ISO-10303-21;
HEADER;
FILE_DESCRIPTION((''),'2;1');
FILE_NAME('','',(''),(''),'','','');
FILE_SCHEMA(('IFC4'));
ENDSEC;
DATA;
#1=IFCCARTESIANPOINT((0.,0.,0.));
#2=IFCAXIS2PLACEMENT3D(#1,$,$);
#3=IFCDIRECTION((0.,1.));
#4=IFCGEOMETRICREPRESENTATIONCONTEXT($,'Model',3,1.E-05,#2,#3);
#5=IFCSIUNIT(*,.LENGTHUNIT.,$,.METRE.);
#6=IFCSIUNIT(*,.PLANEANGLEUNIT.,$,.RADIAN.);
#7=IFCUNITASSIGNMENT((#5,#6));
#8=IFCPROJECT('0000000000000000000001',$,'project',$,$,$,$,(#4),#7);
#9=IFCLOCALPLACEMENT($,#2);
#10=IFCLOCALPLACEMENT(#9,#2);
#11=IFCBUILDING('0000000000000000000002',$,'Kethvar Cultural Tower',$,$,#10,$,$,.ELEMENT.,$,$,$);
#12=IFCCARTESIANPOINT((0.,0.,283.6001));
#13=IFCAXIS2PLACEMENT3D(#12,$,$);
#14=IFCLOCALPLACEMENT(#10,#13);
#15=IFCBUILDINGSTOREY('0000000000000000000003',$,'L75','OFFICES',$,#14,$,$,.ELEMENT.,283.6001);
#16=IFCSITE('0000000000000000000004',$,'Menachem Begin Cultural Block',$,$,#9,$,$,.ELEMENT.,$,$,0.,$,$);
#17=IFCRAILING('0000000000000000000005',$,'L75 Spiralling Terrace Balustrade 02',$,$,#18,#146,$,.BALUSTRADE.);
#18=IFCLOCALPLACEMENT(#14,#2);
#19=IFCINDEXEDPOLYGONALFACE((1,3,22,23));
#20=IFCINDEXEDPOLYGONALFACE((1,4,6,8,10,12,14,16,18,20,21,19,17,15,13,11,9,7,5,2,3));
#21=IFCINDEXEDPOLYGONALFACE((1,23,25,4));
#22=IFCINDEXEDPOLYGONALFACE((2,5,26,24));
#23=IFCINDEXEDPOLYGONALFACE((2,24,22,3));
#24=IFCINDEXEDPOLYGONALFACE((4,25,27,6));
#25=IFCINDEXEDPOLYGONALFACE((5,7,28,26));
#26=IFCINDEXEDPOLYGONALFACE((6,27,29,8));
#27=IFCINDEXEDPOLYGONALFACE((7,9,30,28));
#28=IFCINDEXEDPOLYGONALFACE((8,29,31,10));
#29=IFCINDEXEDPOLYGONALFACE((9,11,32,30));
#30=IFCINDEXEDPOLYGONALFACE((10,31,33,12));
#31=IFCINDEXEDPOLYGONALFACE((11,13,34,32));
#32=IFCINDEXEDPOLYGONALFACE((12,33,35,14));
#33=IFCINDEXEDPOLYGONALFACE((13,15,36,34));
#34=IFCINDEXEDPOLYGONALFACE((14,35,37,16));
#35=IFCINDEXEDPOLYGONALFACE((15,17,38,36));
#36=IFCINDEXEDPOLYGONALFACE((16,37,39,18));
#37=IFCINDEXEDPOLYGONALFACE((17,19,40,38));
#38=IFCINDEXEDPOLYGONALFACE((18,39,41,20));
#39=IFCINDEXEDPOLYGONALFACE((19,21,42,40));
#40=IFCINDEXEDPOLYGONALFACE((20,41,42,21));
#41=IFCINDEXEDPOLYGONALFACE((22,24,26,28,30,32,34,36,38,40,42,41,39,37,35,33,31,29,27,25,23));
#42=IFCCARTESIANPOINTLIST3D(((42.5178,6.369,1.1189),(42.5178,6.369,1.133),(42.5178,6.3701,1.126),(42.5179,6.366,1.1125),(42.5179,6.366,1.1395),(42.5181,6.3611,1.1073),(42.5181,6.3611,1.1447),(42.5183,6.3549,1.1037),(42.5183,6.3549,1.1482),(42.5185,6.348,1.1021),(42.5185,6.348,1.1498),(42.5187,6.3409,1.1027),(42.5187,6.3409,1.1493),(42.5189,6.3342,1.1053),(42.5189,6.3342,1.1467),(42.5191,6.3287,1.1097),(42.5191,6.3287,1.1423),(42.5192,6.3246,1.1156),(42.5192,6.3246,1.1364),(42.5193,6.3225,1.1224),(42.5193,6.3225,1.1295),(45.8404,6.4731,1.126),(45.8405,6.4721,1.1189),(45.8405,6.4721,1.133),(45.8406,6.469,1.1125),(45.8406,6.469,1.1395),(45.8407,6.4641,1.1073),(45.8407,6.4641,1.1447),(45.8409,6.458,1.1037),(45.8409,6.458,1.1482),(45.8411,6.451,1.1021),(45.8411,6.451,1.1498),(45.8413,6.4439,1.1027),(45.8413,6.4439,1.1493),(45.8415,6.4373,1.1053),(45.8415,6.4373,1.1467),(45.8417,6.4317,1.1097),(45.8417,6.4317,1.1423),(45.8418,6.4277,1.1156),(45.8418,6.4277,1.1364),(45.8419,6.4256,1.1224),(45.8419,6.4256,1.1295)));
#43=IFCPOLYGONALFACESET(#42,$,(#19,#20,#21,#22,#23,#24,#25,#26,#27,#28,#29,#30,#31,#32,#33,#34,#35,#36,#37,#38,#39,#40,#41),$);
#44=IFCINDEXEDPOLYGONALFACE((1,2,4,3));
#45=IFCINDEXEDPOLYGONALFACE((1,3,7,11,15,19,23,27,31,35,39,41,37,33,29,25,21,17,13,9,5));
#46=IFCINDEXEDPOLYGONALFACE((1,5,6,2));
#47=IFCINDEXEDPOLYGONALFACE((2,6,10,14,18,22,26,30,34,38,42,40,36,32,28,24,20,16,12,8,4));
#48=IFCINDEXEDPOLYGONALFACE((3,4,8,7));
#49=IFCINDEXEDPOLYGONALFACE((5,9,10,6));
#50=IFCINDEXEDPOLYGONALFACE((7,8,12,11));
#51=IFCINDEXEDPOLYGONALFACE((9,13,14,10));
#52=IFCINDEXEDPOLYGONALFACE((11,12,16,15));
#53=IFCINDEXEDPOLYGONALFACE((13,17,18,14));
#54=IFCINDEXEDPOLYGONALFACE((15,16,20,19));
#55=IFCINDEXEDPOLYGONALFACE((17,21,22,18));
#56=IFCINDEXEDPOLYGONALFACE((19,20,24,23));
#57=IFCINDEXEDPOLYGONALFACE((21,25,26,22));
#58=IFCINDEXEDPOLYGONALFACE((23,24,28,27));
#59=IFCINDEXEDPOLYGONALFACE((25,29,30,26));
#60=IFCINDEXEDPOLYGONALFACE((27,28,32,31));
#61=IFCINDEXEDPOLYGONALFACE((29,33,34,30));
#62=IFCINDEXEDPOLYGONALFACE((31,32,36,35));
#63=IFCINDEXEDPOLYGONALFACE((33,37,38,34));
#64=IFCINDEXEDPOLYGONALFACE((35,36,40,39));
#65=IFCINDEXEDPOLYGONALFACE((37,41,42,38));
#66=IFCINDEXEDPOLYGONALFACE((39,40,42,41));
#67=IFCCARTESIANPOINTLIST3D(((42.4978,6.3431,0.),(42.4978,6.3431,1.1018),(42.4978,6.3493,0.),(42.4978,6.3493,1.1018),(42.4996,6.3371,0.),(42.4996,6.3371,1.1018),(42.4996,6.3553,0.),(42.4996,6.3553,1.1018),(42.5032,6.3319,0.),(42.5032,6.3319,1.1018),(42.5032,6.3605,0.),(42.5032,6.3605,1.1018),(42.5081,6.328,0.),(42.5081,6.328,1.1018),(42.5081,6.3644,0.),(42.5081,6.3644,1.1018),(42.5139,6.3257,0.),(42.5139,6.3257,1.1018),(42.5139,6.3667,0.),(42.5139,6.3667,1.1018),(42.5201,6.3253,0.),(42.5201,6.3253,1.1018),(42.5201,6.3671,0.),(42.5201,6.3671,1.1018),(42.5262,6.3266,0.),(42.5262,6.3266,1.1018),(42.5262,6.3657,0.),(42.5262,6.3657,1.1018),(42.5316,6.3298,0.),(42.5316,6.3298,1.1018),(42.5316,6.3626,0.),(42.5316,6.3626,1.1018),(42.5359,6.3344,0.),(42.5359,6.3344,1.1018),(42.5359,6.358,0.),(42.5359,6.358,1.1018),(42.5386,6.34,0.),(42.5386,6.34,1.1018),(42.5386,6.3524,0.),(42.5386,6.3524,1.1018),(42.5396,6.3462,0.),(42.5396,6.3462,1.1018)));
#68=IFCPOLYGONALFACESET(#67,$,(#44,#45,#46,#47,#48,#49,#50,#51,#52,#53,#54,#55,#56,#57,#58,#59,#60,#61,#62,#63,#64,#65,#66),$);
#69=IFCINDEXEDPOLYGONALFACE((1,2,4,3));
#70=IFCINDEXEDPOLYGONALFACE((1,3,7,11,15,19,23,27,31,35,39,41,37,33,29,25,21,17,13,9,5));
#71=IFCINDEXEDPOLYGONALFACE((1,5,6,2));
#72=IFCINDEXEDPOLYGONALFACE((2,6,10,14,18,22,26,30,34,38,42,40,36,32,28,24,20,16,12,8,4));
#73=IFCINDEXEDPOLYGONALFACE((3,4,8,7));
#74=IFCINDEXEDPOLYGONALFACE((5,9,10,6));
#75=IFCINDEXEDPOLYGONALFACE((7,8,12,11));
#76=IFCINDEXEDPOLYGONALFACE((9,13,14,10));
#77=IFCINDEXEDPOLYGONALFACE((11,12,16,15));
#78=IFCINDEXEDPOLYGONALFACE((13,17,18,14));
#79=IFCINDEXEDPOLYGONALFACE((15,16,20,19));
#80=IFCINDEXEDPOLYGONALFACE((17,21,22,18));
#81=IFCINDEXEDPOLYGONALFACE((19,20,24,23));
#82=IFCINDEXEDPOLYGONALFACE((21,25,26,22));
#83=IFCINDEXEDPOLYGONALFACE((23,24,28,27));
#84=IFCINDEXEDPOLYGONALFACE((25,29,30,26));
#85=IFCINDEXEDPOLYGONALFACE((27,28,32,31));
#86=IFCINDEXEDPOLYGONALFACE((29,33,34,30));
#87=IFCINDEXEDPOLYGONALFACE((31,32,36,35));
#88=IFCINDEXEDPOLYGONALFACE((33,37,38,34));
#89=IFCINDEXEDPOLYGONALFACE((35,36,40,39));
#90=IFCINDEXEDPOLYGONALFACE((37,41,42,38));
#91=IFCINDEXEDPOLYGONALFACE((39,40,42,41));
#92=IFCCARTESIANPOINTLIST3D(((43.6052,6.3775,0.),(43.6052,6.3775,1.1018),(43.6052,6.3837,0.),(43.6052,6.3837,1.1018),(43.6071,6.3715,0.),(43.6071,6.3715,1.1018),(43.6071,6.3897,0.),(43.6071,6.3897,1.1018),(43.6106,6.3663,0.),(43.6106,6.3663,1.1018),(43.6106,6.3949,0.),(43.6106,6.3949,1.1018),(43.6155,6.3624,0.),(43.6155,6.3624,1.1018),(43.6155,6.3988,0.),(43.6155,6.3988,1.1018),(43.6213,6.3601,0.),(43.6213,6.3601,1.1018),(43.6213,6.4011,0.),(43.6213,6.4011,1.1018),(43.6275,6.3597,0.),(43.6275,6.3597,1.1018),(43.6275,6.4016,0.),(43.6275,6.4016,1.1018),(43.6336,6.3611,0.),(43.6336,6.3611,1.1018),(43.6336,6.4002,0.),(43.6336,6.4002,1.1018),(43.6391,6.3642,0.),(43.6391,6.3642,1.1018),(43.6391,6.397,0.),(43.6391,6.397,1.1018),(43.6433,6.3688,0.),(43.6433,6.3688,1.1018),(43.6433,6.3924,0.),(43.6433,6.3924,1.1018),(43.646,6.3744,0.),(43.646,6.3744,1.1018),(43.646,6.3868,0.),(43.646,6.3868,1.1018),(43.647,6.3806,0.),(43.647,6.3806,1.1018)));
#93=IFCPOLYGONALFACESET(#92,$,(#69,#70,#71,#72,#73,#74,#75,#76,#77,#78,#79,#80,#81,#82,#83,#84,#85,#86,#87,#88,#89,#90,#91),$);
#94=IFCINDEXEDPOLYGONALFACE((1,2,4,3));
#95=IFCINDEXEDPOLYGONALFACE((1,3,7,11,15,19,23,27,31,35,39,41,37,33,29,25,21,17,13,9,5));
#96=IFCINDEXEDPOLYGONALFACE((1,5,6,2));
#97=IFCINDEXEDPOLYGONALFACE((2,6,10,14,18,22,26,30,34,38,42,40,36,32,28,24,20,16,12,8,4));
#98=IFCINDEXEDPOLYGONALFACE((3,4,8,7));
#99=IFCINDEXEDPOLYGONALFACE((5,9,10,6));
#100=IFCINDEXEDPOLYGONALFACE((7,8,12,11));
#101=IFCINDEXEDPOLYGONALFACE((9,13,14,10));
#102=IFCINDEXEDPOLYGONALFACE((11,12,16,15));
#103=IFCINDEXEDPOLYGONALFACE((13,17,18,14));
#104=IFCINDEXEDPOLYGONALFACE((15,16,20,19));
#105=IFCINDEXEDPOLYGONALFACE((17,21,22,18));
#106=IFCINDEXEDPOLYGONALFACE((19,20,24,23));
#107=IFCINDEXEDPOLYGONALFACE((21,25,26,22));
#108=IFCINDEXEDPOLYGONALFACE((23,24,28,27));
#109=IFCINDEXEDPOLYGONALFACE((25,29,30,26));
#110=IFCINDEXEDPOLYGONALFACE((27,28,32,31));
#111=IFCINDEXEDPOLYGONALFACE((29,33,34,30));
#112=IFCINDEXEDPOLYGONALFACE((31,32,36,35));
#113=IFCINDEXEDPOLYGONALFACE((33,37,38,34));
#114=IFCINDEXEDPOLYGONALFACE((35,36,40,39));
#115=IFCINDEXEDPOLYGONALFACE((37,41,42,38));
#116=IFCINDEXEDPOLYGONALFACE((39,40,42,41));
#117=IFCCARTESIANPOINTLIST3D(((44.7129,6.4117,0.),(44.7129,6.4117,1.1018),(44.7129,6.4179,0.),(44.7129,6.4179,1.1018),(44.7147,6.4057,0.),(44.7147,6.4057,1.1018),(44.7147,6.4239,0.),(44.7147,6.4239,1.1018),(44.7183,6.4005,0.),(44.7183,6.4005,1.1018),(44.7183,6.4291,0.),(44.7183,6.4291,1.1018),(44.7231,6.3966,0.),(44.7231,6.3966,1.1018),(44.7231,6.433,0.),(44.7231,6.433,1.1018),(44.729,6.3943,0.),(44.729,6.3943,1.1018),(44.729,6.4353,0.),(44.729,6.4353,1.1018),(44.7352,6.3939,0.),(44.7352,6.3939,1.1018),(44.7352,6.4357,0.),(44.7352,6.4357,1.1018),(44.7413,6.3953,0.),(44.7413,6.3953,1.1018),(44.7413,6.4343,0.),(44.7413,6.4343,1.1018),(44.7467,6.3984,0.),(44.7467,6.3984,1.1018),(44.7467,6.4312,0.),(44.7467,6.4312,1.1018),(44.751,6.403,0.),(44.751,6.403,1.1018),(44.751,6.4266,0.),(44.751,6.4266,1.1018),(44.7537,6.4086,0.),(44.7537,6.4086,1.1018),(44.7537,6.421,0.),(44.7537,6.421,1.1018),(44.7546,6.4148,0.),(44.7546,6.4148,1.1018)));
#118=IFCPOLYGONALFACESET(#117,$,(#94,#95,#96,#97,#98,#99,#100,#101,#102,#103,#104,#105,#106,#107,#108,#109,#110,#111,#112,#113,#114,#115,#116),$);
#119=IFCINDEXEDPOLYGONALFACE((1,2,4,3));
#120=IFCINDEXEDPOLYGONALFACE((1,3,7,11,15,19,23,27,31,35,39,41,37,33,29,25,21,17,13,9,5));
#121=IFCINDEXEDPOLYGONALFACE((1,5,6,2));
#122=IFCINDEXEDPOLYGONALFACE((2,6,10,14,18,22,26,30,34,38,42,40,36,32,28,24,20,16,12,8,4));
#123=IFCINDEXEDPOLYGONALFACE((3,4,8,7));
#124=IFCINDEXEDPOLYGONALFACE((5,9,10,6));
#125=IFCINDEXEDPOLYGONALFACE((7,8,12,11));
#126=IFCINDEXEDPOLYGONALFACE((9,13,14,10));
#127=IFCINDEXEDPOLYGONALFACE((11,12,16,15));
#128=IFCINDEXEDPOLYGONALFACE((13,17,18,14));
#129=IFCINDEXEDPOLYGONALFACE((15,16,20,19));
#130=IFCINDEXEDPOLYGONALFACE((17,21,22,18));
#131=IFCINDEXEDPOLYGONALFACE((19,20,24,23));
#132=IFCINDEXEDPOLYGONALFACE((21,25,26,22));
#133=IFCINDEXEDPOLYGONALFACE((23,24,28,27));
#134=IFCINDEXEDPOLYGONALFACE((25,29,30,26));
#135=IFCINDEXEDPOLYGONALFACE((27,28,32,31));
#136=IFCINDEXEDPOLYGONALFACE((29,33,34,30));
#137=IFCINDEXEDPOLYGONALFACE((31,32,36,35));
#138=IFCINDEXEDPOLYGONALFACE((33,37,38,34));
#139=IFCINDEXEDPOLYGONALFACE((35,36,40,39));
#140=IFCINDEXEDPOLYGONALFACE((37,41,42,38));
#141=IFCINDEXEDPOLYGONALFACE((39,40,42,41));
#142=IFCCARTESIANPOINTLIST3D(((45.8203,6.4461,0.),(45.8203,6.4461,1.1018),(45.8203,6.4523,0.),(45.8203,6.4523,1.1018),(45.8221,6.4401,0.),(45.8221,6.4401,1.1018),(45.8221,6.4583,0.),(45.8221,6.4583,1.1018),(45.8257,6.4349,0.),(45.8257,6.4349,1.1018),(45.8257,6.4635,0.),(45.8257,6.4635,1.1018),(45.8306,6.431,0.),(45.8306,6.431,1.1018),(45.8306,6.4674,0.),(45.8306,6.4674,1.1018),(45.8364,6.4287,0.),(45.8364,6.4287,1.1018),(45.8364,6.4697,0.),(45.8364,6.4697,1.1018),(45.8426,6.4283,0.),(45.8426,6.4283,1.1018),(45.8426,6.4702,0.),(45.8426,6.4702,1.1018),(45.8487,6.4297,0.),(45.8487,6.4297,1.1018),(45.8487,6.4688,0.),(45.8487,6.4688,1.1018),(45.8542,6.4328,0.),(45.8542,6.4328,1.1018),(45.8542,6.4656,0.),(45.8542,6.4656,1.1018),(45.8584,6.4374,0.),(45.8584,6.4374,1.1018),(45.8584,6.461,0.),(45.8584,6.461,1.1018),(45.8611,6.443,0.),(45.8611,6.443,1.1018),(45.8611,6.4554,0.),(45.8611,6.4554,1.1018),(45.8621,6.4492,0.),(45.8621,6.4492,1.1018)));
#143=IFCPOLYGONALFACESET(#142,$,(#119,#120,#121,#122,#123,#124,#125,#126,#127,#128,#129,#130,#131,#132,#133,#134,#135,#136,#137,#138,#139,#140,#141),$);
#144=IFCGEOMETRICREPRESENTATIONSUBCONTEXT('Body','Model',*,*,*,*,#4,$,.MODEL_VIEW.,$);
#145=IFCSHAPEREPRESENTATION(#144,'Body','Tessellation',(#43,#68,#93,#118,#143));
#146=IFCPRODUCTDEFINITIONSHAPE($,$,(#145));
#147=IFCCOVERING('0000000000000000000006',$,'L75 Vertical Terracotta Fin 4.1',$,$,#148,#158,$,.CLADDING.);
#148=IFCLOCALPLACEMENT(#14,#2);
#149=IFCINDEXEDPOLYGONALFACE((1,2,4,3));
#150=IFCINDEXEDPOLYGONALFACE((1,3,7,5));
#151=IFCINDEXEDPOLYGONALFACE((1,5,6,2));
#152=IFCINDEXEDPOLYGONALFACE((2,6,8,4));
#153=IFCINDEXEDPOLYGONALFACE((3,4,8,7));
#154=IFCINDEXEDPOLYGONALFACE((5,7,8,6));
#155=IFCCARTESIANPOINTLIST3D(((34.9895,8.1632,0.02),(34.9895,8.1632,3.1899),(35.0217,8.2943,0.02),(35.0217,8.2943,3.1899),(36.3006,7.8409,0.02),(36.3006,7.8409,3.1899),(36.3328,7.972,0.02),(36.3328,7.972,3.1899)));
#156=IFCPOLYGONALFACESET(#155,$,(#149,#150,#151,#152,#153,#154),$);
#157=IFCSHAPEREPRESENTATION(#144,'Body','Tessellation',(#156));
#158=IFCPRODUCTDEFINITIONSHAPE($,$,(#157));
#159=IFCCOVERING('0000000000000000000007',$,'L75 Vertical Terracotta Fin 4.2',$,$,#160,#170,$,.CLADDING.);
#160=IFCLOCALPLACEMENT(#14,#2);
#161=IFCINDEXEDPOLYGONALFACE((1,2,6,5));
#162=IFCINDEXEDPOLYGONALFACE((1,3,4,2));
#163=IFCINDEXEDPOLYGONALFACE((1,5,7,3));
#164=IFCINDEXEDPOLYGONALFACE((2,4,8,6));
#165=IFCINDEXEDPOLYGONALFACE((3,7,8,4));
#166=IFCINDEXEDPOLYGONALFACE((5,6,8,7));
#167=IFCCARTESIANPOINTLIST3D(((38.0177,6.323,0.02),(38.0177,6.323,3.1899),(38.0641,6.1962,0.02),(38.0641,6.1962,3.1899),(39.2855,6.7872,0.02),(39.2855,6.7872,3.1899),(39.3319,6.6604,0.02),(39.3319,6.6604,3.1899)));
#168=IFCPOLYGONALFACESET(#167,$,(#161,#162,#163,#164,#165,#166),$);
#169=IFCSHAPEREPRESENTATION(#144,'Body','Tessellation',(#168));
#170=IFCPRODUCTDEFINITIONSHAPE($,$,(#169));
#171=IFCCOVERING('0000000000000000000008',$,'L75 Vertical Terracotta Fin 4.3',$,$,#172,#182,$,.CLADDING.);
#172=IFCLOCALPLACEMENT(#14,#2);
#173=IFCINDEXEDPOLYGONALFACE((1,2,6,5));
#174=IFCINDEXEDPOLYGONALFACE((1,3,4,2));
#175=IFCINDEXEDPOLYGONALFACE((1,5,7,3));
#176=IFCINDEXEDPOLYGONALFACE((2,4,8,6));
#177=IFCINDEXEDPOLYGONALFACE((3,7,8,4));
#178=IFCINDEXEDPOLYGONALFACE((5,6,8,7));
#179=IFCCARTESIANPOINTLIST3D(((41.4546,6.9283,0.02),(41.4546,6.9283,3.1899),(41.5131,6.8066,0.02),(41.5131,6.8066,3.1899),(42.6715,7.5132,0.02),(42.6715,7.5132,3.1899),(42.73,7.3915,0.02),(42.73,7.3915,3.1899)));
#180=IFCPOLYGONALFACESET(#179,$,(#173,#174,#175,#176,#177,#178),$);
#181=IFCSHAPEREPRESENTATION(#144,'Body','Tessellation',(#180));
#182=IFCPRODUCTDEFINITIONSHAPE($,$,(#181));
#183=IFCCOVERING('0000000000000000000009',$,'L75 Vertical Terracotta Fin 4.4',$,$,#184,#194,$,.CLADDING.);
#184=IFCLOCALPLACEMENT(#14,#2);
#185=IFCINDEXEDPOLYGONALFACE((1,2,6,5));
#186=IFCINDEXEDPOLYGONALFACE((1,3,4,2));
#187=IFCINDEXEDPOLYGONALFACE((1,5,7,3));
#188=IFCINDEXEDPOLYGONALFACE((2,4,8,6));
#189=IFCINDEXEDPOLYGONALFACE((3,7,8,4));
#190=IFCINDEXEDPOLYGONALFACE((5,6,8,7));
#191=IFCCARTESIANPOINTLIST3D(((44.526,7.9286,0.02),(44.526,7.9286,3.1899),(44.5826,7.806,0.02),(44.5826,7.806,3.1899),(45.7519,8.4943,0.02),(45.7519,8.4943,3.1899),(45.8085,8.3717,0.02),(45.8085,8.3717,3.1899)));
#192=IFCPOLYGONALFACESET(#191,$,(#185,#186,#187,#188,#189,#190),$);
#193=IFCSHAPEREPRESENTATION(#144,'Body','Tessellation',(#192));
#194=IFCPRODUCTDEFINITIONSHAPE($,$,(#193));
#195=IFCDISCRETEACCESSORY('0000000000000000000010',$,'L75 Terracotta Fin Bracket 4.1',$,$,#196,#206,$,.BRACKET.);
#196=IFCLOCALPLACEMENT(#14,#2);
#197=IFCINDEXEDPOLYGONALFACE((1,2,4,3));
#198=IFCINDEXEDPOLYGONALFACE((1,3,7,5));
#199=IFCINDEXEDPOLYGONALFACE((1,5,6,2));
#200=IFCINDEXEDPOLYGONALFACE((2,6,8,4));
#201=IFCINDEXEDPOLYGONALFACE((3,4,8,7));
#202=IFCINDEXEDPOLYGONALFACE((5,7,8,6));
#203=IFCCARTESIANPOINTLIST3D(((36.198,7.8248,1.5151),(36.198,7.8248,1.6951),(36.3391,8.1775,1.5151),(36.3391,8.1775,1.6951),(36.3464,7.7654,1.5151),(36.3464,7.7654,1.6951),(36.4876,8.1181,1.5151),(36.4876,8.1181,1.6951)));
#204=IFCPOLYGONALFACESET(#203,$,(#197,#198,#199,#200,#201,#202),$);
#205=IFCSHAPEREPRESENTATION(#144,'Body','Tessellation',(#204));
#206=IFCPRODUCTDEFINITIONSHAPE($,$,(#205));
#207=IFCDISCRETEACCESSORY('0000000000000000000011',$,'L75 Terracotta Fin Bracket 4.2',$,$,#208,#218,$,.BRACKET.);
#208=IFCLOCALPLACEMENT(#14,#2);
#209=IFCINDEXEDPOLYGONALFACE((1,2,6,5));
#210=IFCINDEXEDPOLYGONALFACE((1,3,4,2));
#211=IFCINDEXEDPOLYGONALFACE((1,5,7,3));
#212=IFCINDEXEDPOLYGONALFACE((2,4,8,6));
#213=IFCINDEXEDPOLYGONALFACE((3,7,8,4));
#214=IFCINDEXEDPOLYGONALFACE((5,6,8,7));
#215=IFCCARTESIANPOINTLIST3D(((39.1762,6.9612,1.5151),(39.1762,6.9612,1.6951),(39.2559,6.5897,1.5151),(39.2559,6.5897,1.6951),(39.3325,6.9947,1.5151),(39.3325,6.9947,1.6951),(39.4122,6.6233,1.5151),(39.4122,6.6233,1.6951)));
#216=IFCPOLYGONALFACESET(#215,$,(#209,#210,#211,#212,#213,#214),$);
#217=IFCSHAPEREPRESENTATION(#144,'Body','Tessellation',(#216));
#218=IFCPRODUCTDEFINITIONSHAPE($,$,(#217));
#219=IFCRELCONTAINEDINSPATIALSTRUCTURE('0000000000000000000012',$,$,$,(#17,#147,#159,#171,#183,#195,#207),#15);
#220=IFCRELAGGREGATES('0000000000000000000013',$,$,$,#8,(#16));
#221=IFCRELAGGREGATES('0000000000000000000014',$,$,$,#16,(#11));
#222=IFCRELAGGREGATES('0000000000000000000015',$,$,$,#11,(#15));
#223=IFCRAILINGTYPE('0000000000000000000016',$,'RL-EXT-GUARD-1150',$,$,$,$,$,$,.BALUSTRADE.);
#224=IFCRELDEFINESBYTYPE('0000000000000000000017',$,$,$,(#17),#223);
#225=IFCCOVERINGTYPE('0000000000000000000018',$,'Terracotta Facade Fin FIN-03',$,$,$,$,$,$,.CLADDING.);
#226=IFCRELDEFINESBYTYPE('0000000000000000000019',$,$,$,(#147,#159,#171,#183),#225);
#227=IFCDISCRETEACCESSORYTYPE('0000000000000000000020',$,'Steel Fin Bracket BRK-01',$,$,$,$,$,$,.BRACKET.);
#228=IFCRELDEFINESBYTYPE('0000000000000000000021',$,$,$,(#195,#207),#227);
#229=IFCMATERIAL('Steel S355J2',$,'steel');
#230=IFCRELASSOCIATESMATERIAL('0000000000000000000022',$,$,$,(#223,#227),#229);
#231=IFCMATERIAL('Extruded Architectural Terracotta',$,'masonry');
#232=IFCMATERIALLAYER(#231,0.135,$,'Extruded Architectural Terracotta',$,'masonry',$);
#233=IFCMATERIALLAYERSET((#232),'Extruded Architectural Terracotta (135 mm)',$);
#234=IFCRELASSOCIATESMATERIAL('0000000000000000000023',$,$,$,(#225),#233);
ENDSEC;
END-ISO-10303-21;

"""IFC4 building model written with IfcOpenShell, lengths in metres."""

from ifc_helpers import new_model, si_unit, direction, frame, origin, origin_2d, place, context, subcontext, project, spatial, rectangle, circle, extrude, source, transform, mapped, material, layer, layer_set, type_object, element, save


model = new_model("IFC4")

# Units and contexts
model_context = context("Model", 3, precision=1e-05, world=origin(), true_north=direction((0.0, 1.0)))
body_context = subcontext(model_context, "Body", "Model", "MODEL_VIEW")
ifc_project = project(units=[si_unit("LENGTHUNIT", "METRE"), si_unit("PLANEANGLEUNIT", "RADIAN")], contexts=[model_context])

# Site, building, storey
site_placement = place(None, origin())
site = spatial("IfcSite", under=ifc_project, at=site_placement, Name="Menachem Begin Cultural Block", CompositionType="ELEMENT", RefElevation=0.0)
building_placement = place(site_placement, origin())
building = spatial("IfcBuilding", under=site, at=building_placement, Name="Kethvar Cultural Tower", CompositionType="ELEMENT")
storey_placement = place(building_placement, frame((0.0, 0.0, 283.6001)))
storey = spatial("IfcBuildingStorey", under=building, at=storey_placement, Name="L75", Description="OFFICES", CompositionType="ELEMENT", Elevation=283.6001)

# Shared definitions
ifc_material_1 = material(Name="Steel S355J2", Category="steel")

# Railing
railing_type = type_object("IfcRailingType", Name="RL-EXT-GUARD-1150", PredefinedType="BALUSTRADE", material=ifc_material_1)
railing_1_placement = place(storey_placement, frame((42.5186, 6.3462, 0.0)))
element("IfcRailing", 1, at=railing_1_placement, inside=storey, type_object=railing_type, Name="L75 Spiralling Terrace Balustrade 02", PredefinedType="BALUSTRADE", context=body_context, shape_type="SweptSolid", body=[
    extrude(circle(Radius=0.0239, at=origin_2d()), frame((0.0, 0.0, 1.126), z_axis=(0.99952, 0.030994, 0.0), x_axis=(-0.030994, 0.99952, 0.0)), (0.0, 0.0, 1.0), 3.3242),
    extrude(circle(Radius=0.021, at=origin_2d()), origin(), (0.0, 0.0, 1.0), 1.1018),
    extrude(circle(Radius=0.021, at=origin_2d()), frame((1.1074, 0.0344, 0.0)), (0.0, 0.0, 1.0), 1.1018),
    extrude(circle(Radius=0.021, at=origin_2d()), frame((2.2151, 0.0686, 0.0)), (0.0, 0.0, 1.0), 1.1018),
    extrude(circle(Radius=0.021, at=origin_2d()), frame((3.3225, 0.103, 0.0)), (0.0, 0.0, 1.0), 1.1018),
])

# Coverings
ifc_material_2 = material(Name="Extruded Architectural Terracotta", Category="masonry")
ifc_layer_1 = layer(ifc_material_2, 0.135, Name="Extruded Architectural Terracotta", Category="masonry")
ifc_layer_set_1 = layer_set([ifc_layer_1], Name="Extruded Architectural Terracotta (135 mm)")
covering_type = type_object("IfcCoveringType", Name="Terracotta Facade Fin FIN-03", PredefinedType="CLADDING", material=ifc_layer_set_1)
shared_shape_1 = source(origin(), body_context, "Body", "SweptSolid", [
    extrude(rectangle(XDim=1.3501, YDim=0.135, at=origin_2d()), origin(), (0.0, 0.0, 1.0), 3.1699),
])
for number, where, z_axis, x_axis, name in (
    (2, (35.6611, 8.0676, 0.02), (0.0, 0.0, 1.0), (-0.971093, 0.238703, 0.0), "L75 Vertical Terracotta Fin 4.1"),
    (3, (38.6748, 6.4917, 0.02), (0.0, 0.0, 1.0), (-0.939034, -0.343824, 0.0), "L75 Vertical Terracotta Fin 4.2"),
    (4, (42.0923, 7.1599, 0.02), (0.0, 0.0, 1.0), (-0.901304, -0.433187, 0.0), "L75 Vertical Terracotta Fin 4.3"),
    (5, (45.1672, 8.1501, 0.02), (0.0, 0.0, 1.0), (-0.907997, -0.418977, 0.0), "L75 Vertical Terracotta Fin 4.4"),
):
    element("IfcCovering", number, at=place(storey_placement, frame(where, z_axis=z_axis, x_axis=x_axis)), inside=storey, type_object=covering_type, Name=name, PredefinedType="CLADDING", context=body_context, shape_type="MappedRepresentation", body=[
        mapped(shared_shape_1, transform((0.0, 0.0, 0.0), scale=1.0)),
    ])

# Discrete accessories
discrete_accessory_type = type_object("IfcDiscreteAccessoryType", Name="Steel Fin Bracket BRK-01", PredefinedType="BRACKET", material=ifc_material_1)
shared_shape_2 = source(origin(), body_context, "Body", "SweptSolid", [
    extrude(rectangle(XDim=0.3799, YDim=0.1599, at=origin_2d()), origin(), (0.0, 0.0, 1.0), 0.1799),
])
for number, where, z_axis, x_axis, name in (
    (6, (36.3428, 7.9714, 1.5151), (0.0, 0.0, 1.0), (-0.37153, -0.928421, 0.0), "L75 Terracotta Fin Bracket 4.1"),
    (7, (39.2942, 6.7922, 1.5151), (0.0, 0.0, 1.0), (0.209789, -0.977747, 0.0), "L75 Terracotta Fin Bracket 4.2"),
):
    element("IfcDiscreteAccessory", number, at=place(storey_placement, frame(where, z_axis=z_axis, x_axis=x_axis)), inside=storey, type_object=discrete_accessory_type, Name=name, PredefinedType="BRACKET", context=body_context, shape_type="MappedRepresentation", body=[
        mapped(shared_shape_2, transform((0.0, 0.0, 0.0), scale=1.0)),
    ])

save(model, "model.ifc")
